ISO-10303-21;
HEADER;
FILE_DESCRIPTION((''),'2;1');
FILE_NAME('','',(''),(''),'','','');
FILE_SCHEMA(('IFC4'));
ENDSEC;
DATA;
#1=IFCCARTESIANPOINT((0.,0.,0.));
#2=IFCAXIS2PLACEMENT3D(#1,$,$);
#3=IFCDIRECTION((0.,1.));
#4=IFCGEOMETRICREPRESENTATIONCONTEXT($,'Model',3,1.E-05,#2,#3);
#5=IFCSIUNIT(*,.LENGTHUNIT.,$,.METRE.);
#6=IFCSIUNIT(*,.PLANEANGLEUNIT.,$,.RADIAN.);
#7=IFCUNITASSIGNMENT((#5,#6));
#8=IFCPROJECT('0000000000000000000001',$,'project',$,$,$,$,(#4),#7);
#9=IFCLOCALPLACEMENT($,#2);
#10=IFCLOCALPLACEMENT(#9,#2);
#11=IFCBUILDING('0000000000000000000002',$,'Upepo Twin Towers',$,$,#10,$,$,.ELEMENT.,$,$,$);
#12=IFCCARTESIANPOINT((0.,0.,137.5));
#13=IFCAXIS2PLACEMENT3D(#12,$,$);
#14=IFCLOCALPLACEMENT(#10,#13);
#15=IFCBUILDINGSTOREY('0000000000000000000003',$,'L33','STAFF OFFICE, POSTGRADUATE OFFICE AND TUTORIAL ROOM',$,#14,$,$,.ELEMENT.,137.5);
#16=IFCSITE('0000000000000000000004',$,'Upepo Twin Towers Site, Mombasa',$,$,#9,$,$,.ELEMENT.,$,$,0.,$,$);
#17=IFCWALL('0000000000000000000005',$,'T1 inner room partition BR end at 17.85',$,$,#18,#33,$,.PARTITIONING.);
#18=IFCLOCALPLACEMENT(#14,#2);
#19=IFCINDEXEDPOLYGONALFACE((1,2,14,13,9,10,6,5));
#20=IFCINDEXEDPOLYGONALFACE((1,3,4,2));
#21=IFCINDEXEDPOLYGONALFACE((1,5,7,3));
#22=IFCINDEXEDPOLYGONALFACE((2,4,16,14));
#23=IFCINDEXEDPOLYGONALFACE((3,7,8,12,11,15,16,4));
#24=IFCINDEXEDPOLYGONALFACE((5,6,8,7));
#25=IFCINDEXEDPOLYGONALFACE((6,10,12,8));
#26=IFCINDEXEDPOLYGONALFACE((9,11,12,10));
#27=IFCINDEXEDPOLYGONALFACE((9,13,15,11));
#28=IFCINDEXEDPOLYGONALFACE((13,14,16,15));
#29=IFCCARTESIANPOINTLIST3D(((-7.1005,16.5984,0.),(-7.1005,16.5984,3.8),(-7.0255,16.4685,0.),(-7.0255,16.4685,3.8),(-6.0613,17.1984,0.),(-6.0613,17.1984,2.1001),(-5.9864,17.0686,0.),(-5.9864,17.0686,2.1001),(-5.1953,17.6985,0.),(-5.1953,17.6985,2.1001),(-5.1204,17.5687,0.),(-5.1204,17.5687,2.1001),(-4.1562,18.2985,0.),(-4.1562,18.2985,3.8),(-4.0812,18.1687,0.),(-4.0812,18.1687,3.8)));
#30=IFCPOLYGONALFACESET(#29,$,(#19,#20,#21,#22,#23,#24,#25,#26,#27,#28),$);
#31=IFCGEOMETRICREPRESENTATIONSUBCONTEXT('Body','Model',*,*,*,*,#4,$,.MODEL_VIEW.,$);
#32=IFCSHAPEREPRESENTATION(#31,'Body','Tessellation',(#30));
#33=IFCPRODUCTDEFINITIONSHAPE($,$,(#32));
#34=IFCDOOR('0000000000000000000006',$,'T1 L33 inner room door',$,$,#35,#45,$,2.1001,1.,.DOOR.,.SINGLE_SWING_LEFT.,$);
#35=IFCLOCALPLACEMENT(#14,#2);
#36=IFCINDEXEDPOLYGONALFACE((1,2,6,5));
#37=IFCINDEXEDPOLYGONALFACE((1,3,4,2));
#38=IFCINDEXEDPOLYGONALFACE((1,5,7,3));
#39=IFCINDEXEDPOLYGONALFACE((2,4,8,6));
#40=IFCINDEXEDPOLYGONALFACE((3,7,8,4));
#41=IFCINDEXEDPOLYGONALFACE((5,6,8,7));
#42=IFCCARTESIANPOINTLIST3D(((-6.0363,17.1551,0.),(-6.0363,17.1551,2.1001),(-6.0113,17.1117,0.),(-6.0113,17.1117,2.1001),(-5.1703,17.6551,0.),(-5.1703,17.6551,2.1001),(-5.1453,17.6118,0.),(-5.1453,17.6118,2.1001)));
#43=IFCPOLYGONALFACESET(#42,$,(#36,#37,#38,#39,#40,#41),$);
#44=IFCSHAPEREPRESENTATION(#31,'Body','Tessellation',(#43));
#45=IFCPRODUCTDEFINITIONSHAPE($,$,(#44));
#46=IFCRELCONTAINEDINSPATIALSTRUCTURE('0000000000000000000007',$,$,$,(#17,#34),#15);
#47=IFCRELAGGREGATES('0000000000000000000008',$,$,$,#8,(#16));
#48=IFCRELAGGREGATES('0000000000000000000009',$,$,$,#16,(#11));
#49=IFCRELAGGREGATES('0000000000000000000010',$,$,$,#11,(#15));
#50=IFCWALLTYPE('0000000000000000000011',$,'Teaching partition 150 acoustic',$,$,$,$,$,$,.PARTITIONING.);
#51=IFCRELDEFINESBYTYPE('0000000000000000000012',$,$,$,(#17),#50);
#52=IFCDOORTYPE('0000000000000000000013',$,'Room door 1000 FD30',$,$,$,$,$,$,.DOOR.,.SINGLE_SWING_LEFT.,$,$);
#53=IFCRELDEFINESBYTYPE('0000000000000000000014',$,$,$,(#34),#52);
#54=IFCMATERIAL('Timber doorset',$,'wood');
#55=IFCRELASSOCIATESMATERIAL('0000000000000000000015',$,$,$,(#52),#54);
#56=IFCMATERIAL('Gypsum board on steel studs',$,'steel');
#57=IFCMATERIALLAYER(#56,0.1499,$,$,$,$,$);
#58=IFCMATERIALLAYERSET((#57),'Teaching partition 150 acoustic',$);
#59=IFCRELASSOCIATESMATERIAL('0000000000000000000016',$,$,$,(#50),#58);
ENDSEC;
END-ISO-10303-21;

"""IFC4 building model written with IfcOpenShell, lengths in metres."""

from ifc_helpers import new_model, si_unit, direction, frame, frame_2d, origin, place, context, subcontext, project, spatial, rectangle, extrude, material, layer, layer_set, type_object, element, fill, save


model = new_model("IFC4")

# Units and contexts
model_context = context("Model", 3, precision=1e-05, world=origin(), true_north=direction((0.0, 1.0)))
body_context = subcontext(model_context, "Body", "Model", "MODEL_VIEW")
ifc_project = project(units=[si_unit("LENGTHUNIT", "METRE"), si_unit("PLANEANGLEUNIT", "RADIAN")], contexts=[model_context])

# Site, building, storey
site_placement = place(None, origin())
site = spatial("IfcSite", under=ifc_project, at=site_placement, Name="Upepo Twin Towers Site, Mombasa", CompositionType="ELEMENT", RefElevation=0.0)
building_placement = place(site_placement, origin())
building = spatial("IfcBuilding", under=site, at=building_placement, Name="Upepo Twin Towers", CompositionType="ELEMENT")
storey_placement = place(building_placement, frame((0.0, 0.0, 137.5)))
storey = spatial("IfcBuildingStorey", under=building, at=storey_placement, Name="L33", Description="STAFF OFFICE, POSTGRADUATE OFFICE AND TUTORIAL ROOM", CompositionType="ELEMENT", Elevation=137.5)

# Shared definitions
ifc_material_1 = material(Name="Timber doorset", Category="wood")
door_type = type_object("IfcDoorType", Name="Room door 1000 FD30", OperationType="SINGLE_SWING_LEFT", PredefinedType="DOOR", material=ifc_material_1)

# Shared definitions
ifc_material_2 = material(Name="Gypsum board on steel studs", Category="steel")
ifc_layer_1 = layer(ifc_material_2, 0.1499)
ifc_layer_set_1 = layer_set([ifc_layer_1], Name="Teaching partition 150 acoustic")
wall_type_1 = type_object("IfcWallType", Name="Teaching partition 150 acoustic", PredefinedType="PARTITIONING", material=ifc_layer_set_1)

# Wall, opening, door
wall_1_placement = place(storey_placement, frame((-7.063, 16.5334, 0.0), z_axis=(0.0, 0.0, 1.0), x_axis=(0.865989, 0.500062, 0.0)))
wall_1 = element("IfcWall", 1, at=wall_1_placement, inside=storey, type_object=wall_type_1, Name="T1 inner room partition BR end at 17.85", PredefinedType="PARTITIONING", context=body_context, shape_type="SweptSolid", body=[
    extrude(rectangle(XDim=3.3999, YDim=0.1499, at=frame_2d((1.7, 0.0))), origin(), (0.0, 0.0, 1.0), 3.8),
])
opening_1_placement = place(wall_1_placement, frame((1.2, 0.0, 0.0)))
opening_1 = element("IfcOpeningElement", 2, at=opening_1_placement, cuts=wall_1, PredefinedType="OPENING", context=body_context, shape_type="SweptSolid", body=[
    extrude(rectangle(XDim=1.0, YDim=2.1001, at=frame_2d((0.5, 1.05))), frame((0.0, 0.085, 0.0), z_axis=(0.0, -1.0, 0.0), x_axis=(1.0, 0.0, 0.0)), (0.0, 0.0, 1.0), 0.1699),
])
door_1_placement = place(opening_1_placement, origin())
door_1 = element("IfcDoor", 3, at=door_1_placement, inside=storey, type_object=door_type, Name="T1 L33 inner room door", OperationType="SINGLE_SWING_LEFT", OverallHeight=2.1001, OverallWidth=1.0, PredefinedType="DOOR", context=body_context, shape_type="SweptSolid", body=[
    extrude(rectangle(XDim=1.0, YDim=2.1001, at=frame_2d((0.5, 1.05))), frame((0.0, 0.0249, 0.0), z_axis=(0.0, -1.0, 0.0), x_axis=(1.0, 0.0, 0.0)), (0.0, 0.0, 1.0), 0.05),
])
fill(opening_1, door_1)

save(model, "model.ifc")
